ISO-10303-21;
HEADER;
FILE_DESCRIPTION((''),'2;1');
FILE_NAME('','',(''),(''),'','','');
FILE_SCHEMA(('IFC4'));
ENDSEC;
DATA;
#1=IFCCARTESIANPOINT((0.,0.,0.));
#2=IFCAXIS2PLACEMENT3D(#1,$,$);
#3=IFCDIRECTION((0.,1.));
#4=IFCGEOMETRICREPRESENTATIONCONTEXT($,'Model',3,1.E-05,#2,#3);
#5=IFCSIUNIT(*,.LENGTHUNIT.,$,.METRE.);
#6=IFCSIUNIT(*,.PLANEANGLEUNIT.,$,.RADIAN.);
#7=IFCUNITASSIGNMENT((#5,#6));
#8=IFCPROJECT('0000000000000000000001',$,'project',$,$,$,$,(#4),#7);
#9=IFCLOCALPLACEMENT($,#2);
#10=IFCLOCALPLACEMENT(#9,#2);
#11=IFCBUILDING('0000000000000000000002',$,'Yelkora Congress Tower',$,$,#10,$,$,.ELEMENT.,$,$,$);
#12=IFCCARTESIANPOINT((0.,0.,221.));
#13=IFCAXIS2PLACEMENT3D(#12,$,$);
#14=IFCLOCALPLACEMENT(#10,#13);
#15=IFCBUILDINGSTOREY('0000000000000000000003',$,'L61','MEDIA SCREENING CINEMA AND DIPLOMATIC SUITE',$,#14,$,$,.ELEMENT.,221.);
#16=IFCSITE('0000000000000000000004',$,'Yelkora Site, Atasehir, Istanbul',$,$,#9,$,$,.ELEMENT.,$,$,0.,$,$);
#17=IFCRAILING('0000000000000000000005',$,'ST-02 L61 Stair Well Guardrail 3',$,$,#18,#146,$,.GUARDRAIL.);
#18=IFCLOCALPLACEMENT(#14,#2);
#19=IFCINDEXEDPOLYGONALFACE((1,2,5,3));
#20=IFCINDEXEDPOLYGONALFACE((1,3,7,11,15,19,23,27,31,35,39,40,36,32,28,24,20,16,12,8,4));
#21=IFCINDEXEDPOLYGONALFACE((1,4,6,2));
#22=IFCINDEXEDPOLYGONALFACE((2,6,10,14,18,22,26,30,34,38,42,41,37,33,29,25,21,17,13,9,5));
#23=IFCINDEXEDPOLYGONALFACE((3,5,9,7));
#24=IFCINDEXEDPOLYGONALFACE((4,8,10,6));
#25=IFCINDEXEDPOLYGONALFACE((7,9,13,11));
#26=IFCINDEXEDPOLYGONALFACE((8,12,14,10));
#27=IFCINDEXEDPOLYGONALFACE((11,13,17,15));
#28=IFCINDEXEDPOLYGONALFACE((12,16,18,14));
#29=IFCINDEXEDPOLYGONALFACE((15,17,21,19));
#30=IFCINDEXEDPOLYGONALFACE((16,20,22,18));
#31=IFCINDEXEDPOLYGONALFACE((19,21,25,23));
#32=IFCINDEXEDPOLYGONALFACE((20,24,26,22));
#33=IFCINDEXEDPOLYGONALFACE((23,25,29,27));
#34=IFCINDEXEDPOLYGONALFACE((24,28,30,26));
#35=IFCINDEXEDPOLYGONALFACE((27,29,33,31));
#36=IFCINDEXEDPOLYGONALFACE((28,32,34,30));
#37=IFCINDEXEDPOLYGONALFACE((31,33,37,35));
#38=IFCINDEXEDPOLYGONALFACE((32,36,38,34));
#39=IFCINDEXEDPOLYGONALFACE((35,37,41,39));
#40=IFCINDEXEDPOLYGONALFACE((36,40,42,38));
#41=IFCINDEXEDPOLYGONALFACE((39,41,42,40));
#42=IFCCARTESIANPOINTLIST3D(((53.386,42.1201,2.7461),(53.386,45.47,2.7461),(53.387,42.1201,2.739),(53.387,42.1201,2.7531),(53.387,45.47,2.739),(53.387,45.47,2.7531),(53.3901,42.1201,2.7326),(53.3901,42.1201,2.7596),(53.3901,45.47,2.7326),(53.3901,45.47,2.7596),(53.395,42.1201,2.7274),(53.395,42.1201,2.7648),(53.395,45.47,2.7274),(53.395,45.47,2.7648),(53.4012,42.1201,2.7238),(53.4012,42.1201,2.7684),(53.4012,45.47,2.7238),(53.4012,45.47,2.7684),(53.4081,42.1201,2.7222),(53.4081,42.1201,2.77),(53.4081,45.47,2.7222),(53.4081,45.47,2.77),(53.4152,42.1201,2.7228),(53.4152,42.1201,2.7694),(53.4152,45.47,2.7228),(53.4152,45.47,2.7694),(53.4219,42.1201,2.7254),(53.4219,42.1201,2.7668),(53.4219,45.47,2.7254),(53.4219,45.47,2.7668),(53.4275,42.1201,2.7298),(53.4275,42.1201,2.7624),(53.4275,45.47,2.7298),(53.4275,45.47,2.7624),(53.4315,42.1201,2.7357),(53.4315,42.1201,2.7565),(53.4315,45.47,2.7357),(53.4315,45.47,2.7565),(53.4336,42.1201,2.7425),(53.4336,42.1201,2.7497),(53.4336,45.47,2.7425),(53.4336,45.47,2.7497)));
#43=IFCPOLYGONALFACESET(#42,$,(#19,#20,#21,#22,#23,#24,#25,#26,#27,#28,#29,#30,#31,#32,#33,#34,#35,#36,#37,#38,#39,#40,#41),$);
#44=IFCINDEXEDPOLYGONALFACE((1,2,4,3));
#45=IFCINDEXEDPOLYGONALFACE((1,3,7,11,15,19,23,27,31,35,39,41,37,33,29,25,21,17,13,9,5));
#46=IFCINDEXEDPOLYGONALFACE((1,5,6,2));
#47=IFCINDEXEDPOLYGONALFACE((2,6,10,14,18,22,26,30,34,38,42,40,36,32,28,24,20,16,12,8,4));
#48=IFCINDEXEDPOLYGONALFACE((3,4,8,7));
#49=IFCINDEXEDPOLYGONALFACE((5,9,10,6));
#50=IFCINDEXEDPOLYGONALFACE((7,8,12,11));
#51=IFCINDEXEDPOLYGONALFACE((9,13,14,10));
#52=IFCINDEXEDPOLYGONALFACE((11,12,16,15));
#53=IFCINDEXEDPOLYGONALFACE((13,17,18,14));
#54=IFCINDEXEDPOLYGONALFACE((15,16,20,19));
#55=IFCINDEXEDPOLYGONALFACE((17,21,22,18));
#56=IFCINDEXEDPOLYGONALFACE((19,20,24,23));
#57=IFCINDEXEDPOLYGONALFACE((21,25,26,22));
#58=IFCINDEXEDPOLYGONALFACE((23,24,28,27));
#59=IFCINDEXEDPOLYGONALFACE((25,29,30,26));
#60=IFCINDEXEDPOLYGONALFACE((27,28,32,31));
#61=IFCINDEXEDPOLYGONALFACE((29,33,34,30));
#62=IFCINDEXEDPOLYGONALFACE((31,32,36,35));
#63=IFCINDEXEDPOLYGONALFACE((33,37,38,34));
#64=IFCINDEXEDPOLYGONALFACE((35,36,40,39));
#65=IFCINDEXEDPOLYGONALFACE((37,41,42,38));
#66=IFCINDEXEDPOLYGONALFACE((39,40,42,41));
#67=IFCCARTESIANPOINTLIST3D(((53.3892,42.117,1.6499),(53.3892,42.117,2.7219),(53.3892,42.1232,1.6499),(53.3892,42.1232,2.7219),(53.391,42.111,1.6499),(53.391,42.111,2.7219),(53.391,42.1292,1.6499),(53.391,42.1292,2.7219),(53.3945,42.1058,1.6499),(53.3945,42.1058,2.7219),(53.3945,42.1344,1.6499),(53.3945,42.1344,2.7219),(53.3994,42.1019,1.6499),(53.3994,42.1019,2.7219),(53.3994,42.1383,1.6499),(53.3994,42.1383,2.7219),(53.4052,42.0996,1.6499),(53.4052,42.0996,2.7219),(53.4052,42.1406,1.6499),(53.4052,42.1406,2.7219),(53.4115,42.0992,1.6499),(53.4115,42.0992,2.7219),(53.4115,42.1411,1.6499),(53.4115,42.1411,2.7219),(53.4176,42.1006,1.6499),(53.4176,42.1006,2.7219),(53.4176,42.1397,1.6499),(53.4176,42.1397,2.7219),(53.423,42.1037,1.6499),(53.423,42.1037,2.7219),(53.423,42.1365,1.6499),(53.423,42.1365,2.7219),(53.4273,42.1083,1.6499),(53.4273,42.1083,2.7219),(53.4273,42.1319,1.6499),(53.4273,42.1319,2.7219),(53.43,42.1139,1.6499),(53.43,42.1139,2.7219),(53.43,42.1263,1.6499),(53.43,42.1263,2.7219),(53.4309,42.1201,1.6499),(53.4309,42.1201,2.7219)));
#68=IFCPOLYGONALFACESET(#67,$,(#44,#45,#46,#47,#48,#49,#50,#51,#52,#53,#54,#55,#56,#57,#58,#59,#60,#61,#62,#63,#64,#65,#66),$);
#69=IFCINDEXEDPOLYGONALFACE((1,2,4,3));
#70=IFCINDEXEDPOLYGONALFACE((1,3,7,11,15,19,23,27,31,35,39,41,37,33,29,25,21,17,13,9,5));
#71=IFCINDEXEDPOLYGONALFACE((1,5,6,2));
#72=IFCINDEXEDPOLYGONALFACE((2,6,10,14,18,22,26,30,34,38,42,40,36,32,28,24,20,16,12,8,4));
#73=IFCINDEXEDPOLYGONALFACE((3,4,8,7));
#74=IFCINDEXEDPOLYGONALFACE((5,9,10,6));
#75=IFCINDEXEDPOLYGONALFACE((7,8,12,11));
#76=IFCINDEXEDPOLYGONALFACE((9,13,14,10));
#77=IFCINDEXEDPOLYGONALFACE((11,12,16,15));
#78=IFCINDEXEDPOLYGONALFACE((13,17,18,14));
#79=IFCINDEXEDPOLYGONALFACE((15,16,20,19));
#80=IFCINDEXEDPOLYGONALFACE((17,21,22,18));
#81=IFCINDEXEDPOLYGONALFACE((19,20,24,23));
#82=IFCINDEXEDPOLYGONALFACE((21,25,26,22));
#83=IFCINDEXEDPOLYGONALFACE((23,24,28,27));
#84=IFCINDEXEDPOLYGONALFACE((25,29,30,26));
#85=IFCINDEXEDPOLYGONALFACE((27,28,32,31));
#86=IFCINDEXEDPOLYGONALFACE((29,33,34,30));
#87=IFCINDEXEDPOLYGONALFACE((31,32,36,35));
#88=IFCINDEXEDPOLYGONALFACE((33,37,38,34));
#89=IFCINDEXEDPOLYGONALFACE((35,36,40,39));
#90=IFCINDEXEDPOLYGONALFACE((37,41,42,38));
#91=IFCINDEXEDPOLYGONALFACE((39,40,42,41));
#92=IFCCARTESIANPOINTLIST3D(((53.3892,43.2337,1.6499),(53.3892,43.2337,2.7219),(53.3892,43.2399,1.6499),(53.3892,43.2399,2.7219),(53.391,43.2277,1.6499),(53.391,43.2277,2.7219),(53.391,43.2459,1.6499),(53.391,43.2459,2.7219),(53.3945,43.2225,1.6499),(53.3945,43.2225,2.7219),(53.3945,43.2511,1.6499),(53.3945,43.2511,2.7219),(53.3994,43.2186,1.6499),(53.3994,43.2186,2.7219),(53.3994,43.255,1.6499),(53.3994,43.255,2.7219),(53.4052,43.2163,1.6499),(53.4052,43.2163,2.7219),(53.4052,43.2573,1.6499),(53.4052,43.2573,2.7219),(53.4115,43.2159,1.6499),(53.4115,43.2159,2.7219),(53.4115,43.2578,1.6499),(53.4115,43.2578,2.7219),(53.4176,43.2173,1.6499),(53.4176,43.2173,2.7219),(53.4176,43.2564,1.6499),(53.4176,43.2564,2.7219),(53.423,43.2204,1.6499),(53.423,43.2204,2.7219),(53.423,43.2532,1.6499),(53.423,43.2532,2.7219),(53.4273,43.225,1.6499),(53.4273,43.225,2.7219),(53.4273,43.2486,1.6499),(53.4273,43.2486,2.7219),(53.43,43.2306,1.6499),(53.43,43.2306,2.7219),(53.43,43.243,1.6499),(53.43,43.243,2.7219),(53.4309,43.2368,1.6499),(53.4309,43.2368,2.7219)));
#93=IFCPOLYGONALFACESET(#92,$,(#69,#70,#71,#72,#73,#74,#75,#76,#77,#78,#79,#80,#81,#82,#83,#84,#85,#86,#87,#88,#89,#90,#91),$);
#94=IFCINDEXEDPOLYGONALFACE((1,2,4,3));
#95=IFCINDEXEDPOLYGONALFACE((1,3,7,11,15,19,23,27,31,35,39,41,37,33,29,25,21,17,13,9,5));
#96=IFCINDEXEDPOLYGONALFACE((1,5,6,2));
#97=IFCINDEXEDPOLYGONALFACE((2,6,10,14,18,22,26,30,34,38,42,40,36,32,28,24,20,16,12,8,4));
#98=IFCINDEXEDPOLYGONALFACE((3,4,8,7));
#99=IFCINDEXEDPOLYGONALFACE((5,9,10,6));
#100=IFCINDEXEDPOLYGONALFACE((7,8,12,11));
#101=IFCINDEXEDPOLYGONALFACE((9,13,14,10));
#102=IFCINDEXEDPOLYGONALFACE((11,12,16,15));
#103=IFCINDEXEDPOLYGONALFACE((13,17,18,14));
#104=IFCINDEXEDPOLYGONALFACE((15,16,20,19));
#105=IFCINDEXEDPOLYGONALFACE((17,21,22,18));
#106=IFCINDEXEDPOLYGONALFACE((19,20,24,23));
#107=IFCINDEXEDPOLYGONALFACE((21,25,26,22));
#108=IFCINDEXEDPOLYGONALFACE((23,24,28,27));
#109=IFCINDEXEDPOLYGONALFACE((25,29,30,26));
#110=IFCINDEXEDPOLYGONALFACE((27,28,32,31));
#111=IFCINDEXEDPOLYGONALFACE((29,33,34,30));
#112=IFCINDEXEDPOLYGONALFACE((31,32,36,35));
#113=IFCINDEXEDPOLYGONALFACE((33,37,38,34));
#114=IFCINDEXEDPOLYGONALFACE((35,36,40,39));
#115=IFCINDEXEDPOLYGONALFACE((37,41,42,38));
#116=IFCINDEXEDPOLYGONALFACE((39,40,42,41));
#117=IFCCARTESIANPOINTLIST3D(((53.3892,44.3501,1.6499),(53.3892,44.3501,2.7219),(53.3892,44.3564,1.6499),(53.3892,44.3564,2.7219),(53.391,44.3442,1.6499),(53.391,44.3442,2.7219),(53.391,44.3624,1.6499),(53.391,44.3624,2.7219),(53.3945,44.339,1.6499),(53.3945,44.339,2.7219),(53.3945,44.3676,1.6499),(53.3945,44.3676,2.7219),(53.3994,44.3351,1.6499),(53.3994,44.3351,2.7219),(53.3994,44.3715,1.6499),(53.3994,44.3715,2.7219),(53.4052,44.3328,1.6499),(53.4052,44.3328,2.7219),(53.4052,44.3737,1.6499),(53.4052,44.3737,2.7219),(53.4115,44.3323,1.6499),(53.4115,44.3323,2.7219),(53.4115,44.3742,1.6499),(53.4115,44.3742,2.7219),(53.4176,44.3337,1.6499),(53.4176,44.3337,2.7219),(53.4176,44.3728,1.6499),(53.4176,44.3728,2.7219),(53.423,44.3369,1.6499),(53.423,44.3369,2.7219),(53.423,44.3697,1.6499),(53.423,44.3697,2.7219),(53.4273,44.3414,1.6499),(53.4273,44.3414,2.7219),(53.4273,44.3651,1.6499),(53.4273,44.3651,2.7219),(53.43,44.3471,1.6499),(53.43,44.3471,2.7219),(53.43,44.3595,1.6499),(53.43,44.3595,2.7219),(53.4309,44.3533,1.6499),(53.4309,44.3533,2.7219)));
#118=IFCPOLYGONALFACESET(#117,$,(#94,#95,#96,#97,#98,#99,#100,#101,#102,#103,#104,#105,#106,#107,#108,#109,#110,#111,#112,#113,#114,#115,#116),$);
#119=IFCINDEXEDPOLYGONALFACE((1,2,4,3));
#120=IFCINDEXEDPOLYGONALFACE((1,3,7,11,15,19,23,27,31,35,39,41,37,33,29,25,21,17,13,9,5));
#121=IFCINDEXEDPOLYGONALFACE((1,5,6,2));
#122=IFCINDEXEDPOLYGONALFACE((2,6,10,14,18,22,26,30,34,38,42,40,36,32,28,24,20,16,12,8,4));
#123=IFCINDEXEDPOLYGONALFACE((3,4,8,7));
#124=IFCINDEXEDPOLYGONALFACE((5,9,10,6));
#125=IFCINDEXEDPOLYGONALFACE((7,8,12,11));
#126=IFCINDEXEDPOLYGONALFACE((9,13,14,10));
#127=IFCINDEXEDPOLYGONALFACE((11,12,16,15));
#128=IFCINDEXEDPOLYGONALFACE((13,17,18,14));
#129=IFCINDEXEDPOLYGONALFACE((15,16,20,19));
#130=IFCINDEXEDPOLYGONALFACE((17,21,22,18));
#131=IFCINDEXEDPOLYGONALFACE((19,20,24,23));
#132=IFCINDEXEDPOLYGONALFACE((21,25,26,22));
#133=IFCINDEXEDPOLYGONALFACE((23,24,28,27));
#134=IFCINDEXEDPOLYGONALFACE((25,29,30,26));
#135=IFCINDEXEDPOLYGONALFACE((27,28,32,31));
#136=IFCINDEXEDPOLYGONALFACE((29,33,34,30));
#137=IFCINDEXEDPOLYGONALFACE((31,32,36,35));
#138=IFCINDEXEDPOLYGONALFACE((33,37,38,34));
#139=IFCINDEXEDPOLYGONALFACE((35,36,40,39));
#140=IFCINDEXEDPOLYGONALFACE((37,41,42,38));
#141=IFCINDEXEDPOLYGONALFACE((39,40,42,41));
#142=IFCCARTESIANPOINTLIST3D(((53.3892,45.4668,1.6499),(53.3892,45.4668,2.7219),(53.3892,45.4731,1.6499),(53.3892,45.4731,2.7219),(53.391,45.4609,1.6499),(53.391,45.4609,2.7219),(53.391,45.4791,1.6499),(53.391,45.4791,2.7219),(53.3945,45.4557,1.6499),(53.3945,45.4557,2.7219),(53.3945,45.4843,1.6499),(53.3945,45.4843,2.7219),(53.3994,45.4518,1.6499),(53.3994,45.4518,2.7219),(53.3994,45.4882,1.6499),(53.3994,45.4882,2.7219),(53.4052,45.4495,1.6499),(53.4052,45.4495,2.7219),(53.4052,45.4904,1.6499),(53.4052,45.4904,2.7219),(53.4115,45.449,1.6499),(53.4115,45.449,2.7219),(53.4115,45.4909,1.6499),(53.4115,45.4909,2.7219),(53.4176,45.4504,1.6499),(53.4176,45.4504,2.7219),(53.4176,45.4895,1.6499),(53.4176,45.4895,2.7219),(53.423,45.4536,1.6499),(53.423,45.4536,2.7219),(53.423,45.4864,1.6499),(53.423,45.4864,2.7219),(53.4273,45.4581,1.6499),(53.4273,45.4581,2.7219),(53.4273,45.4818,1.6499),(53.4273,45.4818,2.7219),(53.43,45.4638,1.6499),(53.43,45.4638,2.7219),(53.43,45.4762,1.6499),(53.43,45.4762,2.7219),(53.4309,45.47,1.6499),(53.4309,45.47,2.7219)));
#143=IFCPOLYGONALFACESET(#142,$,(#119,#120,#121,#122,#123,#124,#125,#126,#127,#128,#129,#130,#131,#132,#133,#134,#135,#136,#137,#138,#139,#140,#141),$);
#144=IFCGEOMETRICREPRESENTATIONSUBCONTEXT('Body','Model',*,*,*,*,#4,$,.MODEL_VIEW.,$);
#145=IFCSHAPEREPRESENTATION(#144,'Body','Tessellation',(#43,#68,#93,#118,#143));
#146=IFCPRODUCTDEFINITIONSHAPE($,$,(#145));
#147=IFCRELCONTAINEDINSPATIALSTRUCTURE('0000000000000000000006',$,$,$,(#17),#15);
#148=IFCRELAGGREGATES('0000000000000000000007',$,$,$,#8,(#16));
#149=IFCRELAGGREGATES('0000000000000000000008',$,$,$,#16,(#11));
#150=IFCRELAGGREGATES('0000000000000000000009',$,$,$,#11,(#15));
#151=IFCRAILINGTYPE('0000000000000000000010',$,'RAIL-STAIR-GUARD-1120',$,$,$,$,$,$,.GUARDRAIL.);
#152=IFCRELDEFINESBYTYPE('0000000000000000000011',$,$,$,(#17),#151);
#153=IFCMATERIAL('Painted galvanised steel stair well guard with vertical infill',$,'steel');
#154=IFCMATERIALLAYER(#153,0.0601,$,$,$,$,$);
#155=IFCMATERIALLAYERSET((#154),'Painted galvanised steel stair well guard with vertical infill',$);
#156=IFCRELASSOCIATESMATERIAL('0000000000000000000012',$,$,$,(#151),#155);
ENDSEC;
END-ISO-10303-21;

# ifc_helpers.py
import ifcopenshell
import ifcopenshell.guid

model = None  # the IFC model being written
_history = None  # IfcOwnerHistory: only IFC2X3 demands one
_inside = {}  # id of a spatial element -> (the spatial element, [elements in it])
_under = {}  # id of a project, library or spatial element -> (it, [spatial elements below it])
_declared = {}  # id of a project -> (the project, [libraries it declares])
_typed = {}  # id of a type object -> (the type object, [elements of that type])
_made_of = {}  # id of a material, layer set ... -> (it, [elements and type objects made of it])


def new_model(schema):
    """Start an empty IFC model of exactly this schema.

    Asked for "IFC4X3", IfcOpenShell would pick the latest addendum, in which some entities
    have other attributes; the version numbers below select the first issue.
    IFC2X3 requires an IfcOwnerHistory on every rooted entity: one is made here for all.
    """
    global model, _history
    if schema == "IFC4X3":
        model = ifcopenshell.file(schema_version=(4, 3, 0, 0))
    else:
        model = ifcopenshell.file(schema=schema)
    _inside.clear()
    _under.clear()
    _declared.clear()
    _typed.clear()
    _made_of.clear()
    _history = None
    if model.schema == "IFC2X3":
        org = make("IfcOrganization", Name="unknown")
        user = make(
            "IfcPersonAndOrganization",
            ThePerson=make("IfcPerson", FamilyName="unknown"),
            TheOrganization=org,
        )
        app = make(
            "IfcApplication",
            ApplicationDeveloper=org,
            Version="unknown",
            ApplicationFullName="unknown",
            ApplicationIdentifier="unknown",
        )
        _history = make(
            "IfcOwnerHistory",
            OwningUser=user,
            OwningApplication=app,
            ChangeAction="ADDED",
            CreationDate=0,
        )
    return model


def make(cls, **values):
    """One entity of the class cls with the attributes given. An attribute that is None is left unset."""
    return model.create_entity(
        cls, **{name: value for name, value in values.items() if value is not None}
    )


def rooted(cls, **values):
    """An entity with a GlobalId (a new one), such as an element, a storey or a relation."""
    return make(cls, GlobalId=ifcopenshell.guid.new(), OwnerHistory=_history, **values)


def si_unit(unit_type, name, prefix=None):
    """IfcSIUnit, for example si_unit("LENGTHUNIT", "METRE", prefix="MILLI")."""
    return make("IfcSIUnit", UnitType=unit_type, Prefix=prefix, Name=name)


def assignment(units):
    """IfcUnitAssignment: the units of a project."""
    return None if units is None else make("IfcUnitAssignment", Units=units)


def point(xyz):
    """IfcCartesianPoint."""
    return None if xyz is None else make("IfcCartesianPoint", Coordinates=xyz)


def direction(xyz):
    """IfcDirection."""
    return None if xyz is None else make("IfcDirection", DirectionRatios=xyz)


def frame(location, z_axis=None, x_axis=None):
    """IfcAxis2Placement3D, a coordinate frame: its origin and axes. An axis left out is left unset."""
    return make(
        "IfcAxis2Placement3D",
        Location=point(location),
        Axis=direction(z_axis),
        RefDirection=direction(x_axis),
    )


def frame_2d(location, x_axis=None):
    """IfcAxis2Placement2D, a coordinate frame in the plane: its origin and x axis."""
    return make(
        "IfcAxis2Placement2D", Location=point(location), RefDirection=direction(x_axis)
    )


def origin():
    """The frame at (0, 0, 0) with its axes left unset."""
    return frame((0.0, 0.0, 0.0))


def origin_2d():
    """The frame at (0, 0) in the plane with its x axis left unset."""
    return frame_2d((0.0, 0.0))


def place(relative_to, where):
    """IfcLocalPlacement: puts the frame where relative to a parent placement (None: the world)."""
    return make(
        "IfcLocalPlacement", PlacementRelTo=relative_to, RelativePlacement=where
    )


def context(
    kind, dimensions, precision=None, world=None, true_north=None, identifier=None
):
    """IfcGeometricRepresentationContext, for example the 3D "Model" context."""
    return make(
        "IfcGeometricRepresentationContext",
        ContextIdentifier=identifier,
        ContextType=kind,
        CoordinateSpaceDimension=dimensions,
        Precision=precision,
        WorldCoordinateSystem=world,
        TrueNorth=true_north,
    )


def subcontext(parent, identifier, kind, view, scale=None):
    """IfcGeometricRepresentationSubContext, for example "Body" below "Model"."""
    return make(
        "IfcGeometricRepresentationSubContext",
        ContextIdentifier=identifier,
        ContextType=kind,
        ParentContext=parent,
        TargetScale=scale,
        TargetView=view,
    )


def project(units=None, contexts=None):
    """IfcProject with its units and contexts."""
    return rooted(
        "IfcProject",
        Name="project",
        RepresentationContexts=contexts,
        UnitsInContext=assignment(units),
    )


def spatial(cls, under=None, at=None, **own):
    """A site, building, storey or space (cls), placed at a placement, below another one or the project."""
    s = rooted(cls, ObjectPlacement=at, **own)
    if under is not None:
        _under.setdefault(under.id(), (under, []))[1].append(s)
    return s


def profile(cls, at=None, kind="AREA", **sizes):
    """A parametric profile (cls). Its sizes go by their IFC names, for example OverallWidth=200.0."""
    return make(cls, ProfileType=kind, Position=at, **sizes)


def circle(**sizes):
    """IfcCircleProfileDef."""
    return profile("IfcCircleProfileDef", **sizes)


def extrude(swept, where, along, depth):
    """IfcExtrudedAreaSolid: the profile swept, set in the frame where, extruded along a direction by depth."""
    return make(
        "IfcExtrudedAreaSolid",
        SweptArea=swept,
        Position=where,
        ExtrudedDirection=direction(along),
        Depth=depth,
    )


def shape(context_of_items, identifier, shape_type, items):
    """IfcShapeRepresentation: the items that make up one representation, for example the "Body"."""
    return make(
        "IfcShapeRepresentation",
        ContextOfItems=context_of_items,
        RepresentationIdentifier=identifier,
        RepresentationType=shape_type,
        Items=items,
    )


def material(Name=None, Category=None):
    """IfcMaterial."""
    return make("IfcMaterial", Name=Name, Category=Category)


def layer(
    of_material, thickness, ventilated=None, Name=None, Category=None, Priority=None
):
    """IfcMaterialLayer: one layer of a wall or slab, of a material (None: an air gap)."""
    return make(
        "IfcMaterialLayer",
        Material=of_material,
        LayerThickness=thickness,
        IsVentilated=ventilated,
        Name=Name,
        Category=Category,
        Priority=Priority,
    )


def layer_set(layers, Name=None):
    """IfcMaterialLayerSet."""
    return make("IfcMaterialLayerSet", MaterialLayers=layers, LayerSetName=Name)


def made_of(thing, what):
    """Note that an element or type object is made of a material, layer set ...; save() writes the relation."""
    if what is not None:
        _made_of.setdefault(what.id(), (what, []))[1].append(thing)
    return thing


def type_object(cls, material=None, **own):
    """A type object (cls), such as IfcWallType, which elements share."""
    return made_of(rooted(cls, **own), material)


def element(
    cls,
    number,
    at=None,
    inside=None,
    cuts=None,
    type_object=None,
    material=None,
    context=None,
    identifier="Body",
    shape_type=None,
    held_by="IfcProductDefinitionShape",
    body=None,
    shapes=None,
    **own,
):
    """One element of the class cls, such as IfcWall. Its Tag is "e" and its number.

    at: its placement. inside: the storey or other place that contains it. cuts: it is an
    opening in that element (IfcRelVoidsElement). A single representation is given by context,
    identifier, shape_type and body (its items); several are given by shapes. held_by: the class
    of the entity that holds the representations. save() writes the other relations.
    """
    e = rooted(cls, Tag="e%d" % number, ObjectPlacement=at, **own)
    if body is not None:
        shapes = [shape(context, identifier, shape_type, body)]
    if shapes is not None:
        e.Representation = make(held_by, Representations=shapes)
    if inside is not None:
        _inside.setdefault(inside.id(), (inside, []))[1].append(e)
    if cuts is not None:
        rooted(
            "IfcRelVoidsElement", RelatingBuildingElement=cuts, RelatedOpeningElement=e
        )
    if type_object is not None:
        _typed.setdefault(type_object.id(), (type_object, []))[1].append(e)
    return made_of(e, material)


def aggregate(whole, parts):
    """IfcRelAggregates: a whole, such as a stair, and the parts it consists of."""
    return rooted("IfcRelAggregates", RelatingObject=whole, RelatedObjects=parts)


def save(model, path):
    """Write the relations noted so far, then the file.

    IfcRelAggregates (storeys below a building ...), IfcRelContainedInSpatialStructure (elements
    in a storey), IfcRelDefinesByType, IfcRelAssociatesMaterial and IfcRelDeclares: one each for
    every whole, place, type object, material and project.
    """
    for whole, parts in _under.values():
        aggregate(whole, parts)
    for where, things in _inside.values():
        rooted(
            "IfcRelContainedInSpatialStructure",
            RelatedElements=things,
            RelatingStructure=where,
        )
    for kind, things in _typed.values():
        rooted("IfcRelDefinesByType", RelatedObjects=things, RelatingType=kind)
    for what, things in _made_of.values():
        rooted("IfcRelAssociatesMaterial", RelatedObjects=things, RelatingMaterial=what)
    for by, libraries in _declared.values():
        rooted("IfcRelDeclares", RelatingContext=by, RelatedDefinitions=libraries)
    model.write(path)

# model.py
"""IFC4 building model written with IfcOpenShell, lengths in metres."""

from ifc_helpers import new_model, si_unit, direction, frame, origin, origin_2d, place, context, subcontext, project, spatial, circle, extrude, material, layer, layer_set, type_object, element, save


model = new_model("IFC4")

# Units and contexts
model_context = context("Model", 3, precision=1e-05, world=origin(), true_north=direction((0.0, 1.0)))
body_context = subcontext(model_context, "Body", "Model", "MODEL_VIEW")
ifc_project = project(units=[si_unit("LENGTHUNIT", "METRE"), si_unit("PLANEANGLEUNIT", "RADIAN")], contexts=[model_context])

# Site, building, storey
site_placement = place(None, origin())
site = spatial("IfcSite", under=ifc_project, at=site_placement, Name="Yelkora Site, Atasehir, Istanbul", CompositionType="ELEMENT", RefElevation=0.0)
building_placement = place(site_placement, origin())
building = spatial("IfcBuilding", under=site, at=building_placement, Name="Yelkora Congress Tower", CompositionType="ELEMENT")
storey_placement = place(building_placement, frame((0.0, 0.0, 221.0)))
storey = spatial("IfcBuildingStorey", under=building, at=storey_placement, Name="L61", Description="MEDIA SCREENING CINEMA AND DIPLOMATIC SUITE", CompositionType="ELEMENT", Elevation=221.0)

# Railing
ifc_material_1 = material(Name="Painted galvanised steel stair well guard with vertical infill", Category="steel")
ifc_layer_1 = layer(ifc_material_1, 0.0601)
ifc_layer_set_1 = layer_set([ifc_layer_1], Name="Painted galvanised steel stair well guard with vertical infill")
railing_type_1 = type_object("IfcRailingType", Name="RAIL-STAIR-GUARD-1120", PredefinedType="GUARDRAIL", material=ifc_layer_set_1)
railing_1_placement = place(storey_placement, frame((53.4099, 42.1201, 1.6499)))
element("IfcRailing", 1, at=railing_1_placement, inside=storey, type_object=railing_type_1, Name="ST-02 L61 Stair Well Guardrail 3", PredefinedType="GUARDRAIL", context=body_context, shape_type="SweptSolid", body=[
    extrude(circle(Radius=0.0239, at=origin_2d()), frame((0.0, 0.0, 1.0962), z_axis=(0.0, 1.0, 0.0), x_axis=(-1.0, 0.0, 0.0)), (0.0, 0.0, 1.0), 3.3499),
    extrude(circle(Radius=0.021, at=origin_2d()), origin(), (0.0, 0.0, 1.0), 1.072),
    extrude(circle(Radius=0.021, at=origin_2d()), frame((0.0, 1.1167, 0.0)), (0.0, 0.0, 1.0), 1.072),
    extrude(circle(Radius=0.021, at=origin_2d()), frame((0.0, 2.2332, 0.0)), (0.0, 0.0, 1.0), 1.072),
    extrude(circle(Radius=0.021, at=origin_2d()), frame((0.0, 3.3499, 0.0)), (0.0, 0.0, 1.0), 1.072),
])

save(model, "model.ifc")
